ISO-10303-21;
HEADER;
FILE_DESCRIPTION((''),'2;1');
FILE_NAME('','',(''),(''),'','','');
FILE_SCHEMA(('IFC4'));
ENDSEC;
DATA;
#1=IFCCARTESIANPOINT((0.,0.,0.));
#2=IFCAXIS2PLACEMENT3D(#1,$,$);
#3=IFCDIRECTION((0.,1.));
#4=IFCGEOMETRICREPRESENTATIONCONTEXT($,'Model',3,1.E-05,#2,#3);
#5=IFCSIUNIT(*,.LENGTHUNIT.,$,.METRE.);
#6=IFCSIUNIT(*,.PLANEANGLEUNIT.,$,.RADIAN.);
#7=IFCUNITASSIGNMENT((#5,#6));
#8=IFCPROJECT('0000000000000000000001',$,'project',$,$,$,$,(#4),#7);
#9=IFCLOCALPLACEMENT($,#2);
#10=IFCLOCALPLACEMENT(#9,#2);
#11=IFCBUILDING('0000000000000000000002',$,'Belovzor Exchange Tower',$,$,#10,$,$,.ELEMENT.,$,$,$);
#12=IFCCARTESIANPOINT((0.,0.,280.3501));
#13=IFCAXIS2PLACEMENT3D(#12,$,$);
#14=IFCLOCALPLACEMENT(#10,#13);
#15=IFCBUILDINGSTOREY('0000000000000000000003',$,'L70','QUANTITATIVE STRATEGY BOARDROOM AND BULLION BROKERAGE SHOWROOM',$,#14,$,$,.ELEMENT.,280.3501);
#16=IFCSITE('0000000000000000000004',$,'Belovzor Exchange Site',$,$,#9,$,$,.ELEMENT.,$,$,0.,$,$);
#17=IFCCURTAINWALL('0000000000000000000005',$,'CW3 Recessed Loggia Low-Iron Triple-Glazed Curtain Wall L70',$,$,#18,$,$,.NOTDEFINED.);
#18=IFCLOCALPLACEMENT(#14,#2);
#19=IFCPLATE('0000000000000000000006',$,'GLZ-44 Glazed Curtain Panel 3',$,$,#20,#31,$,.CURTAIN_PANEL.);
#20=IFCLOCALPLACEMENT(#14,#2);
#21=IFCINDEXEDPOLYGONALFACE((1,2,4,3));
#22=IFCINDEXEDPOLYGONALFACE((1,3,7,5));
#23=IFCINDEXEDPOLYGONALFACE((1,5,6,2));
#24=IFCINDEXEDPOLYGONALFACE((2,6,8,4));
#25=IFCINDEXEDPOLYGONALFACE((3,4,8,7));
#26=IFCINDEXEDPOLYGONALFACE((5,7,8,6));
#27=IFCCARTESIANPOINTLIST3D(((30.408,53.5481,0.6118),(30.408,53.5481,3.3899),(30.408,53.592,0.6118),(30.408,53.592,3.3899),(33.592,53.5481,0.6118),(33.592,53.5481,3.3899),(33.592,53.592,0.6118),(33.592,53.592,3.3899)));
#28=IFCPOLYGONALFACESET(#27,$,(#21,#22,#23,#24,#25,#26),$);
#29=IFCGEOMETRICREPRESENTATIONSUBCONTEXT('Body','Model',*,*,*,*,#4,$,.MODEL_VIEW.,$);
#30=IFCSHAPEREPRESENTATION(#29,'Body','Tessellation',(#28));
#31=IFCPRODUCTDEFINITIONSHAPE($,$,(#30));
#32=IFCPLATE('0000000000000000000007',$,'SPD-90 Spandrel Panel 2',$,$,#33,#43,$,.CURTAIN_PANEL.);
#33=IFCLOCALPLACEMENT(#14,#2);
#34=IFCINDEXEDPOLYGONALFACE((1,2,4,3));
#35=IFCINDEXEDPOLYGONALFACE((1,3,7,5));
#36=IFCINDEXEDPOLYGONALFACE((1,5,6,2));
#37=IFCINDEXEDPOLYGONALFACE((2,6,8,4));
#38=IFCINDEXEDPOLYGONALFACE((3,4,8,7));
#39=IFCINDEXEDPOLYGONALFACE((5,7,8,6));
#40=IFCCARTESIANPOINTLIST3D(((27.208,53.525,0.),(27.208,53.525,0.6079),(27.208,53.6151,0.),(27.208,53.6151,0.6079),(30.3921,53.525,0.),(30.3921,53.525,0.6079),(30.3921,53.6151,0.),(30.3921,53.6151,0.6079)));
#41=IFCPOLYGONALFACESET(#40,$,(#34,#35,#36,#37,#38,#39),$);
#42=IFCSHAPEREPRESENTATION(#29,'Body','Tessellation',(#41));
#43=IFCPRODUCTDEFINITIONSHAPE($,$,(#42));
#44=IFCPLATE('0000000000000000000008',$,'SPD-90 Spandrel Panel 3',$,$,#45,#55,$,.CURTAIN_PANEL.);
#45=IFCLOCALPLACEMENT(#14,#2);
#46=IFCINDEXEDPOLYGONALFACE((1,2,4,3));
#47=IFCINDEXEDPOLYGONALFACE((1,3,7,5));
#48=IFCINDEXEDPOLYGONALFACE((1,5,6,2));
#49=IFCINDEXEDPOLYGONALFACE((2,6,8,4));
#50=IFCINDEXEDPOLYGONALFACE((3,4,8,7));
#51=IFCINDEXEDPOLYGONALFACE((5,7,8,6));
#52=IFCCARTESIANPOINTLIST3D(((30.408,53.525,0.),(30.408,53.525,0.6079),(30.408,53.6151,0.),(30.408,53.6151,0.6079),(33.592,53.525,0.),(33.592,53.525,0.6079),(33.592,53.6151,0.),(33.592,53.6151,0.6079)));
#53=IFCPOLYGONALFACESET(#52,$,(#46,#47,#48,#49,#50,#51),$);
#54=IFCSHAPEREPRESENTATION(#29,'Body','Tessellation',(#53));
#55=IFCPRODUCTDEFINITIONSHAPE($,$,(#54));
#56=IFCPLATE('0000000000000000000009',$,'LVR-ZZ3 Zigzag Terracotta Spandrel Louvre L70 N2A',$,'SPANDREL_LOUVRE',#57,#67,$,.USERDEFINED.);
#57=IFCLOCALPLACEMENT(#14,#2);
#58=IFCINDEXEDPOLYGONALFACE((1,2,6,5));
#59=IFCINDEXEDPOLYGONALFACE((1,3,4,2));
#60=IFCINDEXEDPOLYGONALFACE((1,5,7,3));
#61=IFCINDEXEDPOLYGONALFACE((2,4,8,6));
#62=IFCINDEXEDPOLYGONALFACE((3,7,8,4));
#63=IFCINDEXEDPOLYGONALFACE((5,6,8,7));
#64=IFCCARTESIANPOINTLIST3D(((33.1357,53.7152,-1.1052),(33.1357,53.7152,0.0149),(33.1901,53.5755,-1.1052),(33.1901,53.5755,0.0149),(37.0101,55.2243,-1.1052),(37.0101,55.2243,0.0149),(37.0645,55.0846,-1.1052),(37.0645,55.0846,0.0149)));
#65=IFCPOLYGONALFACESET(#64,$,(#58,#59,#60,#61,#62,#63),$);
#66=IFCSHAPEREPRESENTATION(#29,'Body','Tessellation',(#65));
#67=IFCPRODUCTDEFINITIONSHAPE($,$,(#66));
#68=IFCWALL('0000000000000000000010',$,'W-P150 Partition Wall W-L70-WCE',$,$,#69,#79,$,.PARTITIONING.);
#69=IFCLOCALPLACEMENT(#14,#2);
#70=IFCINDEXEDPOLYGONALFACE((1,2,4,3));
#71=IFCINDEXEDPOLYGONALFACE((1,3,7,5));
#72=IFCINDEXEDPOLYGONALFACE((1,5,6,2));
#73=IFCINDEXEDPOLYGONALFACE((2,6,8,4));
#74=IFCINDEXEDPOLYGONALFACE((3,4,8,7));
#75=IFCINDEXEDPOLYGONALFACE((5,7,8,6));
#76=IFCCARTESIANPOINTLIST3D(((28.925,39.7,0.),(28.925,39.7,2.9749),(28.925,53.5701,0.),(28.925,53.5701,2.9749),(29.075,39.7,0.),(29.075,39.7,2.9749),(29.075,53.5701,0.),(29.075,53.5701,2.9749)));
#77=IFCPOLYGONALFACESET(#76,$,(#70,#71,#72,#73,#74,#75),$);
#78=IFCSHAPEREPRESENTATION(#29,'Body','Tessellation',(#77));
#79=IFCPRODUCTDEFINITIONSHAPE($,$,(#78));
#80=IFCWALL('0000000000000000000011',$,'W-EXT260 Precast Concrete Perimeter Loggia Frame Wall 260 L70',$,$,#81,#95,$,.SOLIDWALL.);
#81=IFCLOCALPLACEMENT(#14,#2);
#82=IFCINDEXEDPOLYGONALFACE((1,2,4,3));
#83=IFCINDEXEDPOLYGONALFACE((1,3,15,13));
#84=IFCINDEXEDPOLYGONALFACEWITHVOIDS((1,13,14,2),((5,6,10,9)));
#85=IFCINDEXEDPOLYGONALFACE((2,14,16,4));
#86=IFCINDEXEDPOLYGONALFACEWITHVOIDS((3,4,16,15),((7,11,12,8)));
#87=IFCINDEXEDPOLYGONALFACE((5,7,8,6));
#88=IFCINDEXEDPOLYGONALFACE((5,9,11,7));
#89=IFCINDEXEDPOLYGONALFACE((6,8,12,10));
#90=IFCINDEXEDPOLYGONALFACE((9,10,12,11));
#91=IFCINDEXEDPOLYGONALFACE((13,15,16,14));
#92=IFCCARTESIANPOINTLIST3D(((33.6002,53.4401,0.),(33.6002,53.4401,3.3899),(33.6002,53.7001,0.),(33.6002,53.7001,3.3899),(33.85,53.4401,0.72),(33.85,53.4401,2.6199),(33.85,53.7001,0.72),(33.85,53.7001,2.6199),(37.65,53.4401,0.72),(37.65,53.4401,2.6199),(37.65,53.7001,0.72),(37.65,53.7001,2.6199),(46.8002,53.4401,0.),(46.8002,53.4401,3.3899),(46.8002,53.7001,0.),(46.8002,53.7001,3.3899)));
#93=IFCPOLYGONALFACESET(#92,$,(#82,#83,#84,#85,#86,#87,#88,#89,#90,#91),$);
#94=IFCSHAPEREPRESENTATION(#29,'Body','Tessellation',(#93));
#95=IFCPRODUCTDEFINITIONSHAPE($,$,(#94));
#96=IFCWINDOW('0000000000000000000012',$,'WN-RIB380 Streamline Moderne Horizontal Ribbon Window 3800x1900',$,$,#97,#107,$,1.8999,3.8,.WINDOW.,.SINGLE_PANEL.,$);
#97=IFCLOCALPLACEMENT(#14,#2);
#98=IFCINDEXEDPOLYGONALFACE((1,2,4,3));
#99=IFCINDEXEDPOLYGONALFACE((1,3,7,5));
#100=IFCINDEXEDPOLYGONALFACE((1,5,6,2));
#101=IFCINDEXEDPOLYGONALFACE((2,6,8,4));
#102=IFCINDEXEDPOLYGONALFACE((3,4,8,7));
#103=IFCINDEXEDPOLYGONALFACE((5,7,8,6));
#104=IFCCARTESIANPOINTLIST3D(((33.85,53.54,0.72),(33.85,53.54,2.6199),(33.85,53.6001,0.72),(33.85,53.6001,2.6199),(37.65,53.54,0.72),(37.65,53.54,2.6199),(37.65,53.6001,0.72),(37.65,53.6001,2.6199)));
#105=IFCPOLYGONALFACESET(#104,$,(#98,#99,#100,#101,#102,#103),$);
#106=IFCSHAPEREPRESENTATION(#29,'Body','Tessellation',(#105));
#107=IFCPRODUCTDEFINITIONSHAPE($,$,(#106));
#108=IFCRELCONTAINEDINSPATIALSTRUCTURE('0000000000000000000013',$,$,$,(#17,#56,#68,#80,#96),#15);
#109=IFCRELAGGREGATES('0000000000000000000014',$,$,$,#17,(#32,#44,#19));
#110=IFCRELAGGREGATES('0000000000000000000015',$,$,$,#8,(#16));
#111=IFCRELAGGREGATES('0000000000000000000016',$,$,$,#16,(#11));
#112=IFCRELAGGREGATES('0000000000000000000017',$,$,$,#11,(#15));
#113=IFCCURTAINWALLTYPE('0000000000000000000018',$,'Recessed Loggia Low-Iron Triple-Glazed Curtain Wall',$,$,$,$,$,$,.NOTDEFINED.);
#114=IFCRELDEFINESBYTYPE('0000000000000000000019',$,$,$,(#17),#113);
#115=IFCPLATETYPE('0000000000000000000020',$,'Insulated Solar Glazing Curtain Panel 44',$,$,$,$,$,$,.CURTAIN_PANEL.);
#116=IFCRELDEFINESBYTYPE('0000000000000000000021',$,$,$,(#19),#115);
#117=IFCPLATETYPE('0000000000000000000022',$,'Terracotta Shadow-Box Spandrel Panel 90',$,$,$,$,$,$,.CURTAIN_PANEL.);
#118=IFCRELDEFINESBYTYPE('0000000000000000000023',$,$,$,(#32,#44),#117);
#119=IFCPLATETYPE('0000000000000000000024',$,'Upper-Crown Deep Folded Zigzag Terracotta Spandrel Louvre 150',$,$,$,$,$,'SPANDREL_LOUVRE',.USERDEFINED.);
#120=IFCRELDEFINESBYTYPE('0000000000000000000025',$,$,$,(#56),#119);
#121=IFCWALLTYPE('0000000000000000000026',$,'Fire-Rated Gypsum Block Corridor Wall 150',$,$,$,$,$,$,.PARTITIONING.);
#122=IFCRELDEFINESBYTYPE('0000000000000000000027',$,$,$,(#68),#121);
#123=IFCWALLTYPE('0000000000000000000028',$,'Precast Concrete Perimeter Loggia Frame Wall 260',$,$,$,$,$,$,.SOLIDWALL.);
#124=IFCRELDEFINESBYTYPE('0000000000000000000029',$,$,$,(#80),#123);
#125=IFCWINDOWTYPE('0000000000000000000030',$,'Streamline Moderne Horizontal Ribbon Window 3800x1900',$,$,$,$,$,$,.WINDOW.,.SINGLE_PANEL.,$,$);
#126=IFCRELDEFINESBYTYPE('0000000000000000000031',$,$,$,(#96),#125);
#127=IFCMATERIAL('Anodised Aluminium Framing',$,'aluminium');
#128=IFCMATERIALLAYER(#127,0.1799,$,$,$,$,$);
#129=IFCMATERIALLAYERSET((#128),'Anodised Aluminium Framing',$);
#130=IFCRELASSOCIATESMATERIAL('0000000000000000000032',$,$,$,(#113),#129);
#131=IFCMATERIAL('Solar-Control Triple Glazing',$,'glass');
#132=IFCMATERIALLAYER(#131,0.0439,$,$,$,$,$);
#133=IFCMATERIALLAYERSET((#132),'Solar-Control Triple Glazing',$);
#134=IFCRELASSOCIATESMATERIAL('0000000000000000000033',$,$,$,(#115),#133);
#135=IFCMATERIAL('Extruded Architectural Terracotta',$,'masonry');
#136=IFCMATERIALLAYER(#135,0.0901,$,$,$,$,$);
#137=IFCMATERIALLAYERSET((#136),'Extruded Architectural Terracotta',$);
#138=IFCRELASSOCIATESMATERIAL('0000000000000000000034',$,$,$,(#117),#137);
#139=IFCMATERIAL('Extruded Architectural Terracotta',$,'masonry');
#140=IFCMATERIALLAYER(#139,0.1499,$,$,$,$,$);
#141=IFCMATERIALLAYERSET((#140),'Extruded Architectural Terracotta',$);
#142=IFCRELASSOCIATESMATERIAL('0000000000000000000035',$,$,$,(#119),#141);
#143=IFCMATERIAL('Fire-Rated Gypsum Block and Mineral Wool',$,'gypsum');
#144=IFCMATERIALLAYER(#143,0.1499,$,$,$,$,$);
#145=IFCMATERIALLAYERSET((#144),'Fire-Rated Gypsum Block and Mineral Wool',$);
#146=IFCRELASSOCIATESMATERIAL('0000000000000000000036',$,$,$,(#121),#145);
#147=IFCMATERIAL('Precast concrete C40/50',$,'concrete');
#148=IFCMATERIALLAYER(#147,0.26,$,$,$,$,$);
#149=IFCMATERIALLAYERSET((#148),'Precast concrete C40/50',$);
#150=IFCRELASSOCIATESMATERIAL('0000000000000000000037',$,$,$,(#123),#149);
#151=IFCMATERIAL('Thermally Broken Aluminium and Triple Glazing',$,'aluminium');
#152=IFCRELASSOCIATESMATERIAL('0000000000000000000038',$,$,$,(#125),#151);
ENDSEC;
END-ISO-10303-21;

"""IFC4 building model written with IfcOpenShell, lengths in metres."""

from ifc_helpers import new_model, si_unit, direction, frame, frame_2d, origin, origin_2d, place, context, subcontext, project, spatial, rectangle, extrude, material, layer, layer_set, type_object, element, fill, aggregate, save


model = new_model("IFC4")

# Units and contexts
model_context = context("Model", 3, precision=1e-05, world=origin(), true_north=direction((0.0, 1.0)))
body_context = subcontext(model_context, "Body", "Model", "MODEL_VIEW")
ifc_project = project(units=[si_unit("LENGTHUNIT", "METRE"), si_unit("PLANEANGLEUNIT", "RADIAN")], contexts=[model_context])

# Site, building, storey
site_placement = place(None, origin())
site = spatial("IfcSite", under=ifc_project, at=site_placement, Name="Belovzor Exchange Site", CompositionType="ELEMENT", RefElevation=0.0)
building_placement = place(site_placement, origin())
building = spatial("IfcBuilding", under=site, at=building_placement, Name="Belovzor Exchange Tower", CompositionType="ELEMENT")
storey_placement = place(building_placement, frame((0.0, 0.0, 280.3501)))
storey = spatial("IfcBuildingStorey", under=building, at=storey_placement, Name="L70", Description="QUANTITATIVE STRATEGY BOARDROOM AND BULLION BROKERAGE SHOWROOM", CompositionType="ELEMENT", Elevation=280.3501)

# Curtain wall, plates
ifc_material_1 = material(Name="Anodised Aluminium Framing", Category="aluminium")
ifc_layer_1 = layer(ifc_material_1, 0.1799)
ifc_layer_set_1 = layer_set([ifc_layer_1], Name="Anodised Aluminium Framing")
curtain_wall_type = type_object("IfcCurtainWallType", Name="Recessed Loggia Low-Iron Triple-Glazed Curtain Wall", PredefinedType="NOTDEFINED", material=ifc_layer_set_1)
curtain_wall_placement = place(storey_placement, origin())
curtain_wall = element("IfcCurtainWall", 1, at=curtain_wall_placement, inside=storey, type_object=curtain_wall_type, Name="CW3 Recessed Loggia Low-Iron Triple-Glazed Curtain Wall L70", PredefinedType="NOTDEFINED")
ifc_material_2 = material(Name="Solar-Control Triple Glazing", Category="glass")
ifc_layer_2 = layer(ifc_material_2, 0.0439)
ifc_layer_set_2 = layer_set([ifc_layer_2], Name="Solar-Control Triple Glazing")
plate_type_1 = type_object("IfcPlateType", Name="Insulated Solar Glazing Curtain Panel 44", PredefinedType="CURTAIN_PANEL", material=ifc_layer_set_2)
plate_1_placement = place(storey_placement, frame((32.0, 53.5701, 0.6118), z_axis=(0.0, 0.0, 1.0), x_axis=(1.0, 0.0, 0.0)))
plate_1 = element("IfcPlate", 2, at=plate_1_placement, type_object=plate_type_1, Name="GLZ-44 Glazed Curtain Panel 3", PredefinedType="CURTAIN_PANEL", context=body_context, shape_type="SweptSolid", body=[
    extrude(rectangle(XDim=3.1841, YDim=0.0439, at=origin_2d()), origin(), (0.0, 0.0, 1.0), 2.7781),
])
ifc_material_3 = material(Name="Extruded Architectural Terracotta", Category="masonry")
ifc_layer_3 = layer(ifc_material_3, 0.0901)
ifc_layer_set_3 = layer_set([ifc_layer_3], Name="Extruded Architectural Terracotta")
plate_type_2 = type_object("IfcPlateType", Name="Terracotta Shadow-Box Spandrel Panel 90", PredefinedType="CURTAIN_PANEL", material=ifc_layer_set_3)
plate_2_placement = place(storey_placement, frame((28.8, 53.5701, 0.0), z_axis=(0.0, 0.0, 1.0), x_axis=(1.0, 0.0, 0.0)))
plate_2 = element("IfcPlate", 3, at=plate_2_placement, type_object=plate_type_2, Name="SPD-90 Spandrel Panel 2", PredefinedType="CURTAIN_PANEL", context=body_context, shape_type="SweptSolid", body=[
    extrude(rectangle(XDim=3.1841, YDim=0.0901, at=origin_2d()), origin(), (0.0, 0.0, 1.0), 0.6079),
])
plate_3_placement = place(storey_placement, frame((32.0, 53.5701, 0.0), z_axis=(0.0, 0.0, 1.0), x_axis=(1.0, 0.0, 0.0)))
plate_3 = element("IfcPlate", 4, at=plate_3_placement, type_object=plate_type_2, Name="SPD-90 Spandrel Panel 3", PredefinedType="CURTAIN_PANEL", context=body_context, shape_type="SweptSolid", body=[
    extrude(rectangle(XDim=3.1841, YDim=0.0901, at=origin_2d()), origin(), (0.0, 0.0, 1.0), 0.6079),
])
aggregate(curtain_wall, [plate_2, plate_3, plate_1])

# Plate
ifc_material_4 = material(Name="Extruded Architectural Terracotta", Category="masonry")
ifc_layer_4 = layer(ifc_material_4, 0.1499)
ifc_layer_set_4 = layer_set([ifc_layer_4], Name="Extruded Architectural Terracotta")
plate_type_3 = type_object("IfcPlateType", Name="Upper-Crown Deep Folded Zigzag Terracotta Spandrel Louvre 150", ElementType="SPANDREL_LOUVRE", PredefinedType="USERDEFINED", material=ifc_layer_set_4)
plate_4_placement = place(storey_placement, frame((35.1001, 54.3999, -1.1052), z_axis=(0.0, 0.0, 1.0), x_axis=(0.931818, 0.362926, 0.0)))
element("IfcPlate", 5, at=plate_4_placement, inside=storey, type_object=plate_type_3, Name="LVR-ZZ3 Zigzag Terracotta Spandrel Louvre L70 N2A", ObjectType="SPANDREL_LOUVRE", PredefinedType="USERDEFINED", context=body_context, shape_type="SweptSolid", body=[
    extrude(rectangle(XDim=4.158, YDim=0.1499, at=origin_2d()), origin(), (0.0, 0.0, 1.0), 1.1201),
])

# Wall
ifc_material_5 = material(Name="Fire-Rated Gypsum Block and Mineral Wool", Category="gypsum")
ifc_layer_5 = layer(ifc_material_5, 0.1499)
ifc_layer_set_5 = layer_set([ifc_layer_5], Name="Fire-Rated Gypsum Block and Mineral Wool")
wall_type_1 = type_object("IfcWallType", Name="Fire-Rated Gypsum Block Corridor Wall 150", PredefinedType="PARTITIONING", material=ifc_layer_set_5)
wall_1_placement = place(storey_placement, frame((29.0, 39.7, 0.0), z_axis=(0.0, 0.0, 1.0), x_axis=(0.0, 1.0, 0.0)))
element("IfcWall", 6, at=wall_1_placement, inside=storey, type_object=wall_type_1, Name="W-P150 Partition Wall W-L70-WCE", PredefinedType="PARTITIONING", context=body_context, shape_type="SweptSolid", body=[
    extrude(rectangle(XDim=13.8701, YDim=0.1499, at=frame_2d((6.9351, 0.0))), origin(), (0.0, 0.0, 1.0), 2.9749),
])

# Wall, opening, window
ifc_material_6 = material(Name="Precast concrete C40/50", Category="concrete")
ifc_layer_6 = layer(ifc_material_6, 0.26)
ifc_layer_set_6 = layer_set([ifc_layer_6], Name="Precast concrete C40/50")
wall_type_2 = type_object("IfcWallType", Name="Precast Concrete Perimeter Loggia Frame Wall 260", PredefinedType="SOLIDWALL", material=ifc_layer_set_6)
wall_2_placement = place(storey_placement, frame((33.6001, 53.5701, 0.0), z_axis=(0.0, 0.0, 1.0), x_axis=(1.0, 0.0, 0.0)))
wall_2 = element("IfcWall", 7, at=wall_2_placement, inside=storey, type_object=wall_type_2, Name="W-EXT260 Precast Concrete Perimeter Loggia Frame Wall 260 L70", PredefinedType="SOLIDWALL", context=body_context, shape_type="SweptSolid", body=[
    extrude(rectangle(XDim=13.2, YDim=0.26, at=frame_2d((6.6001, 0.0))), origin(), (0.0, 0.0, 1.0), 3.3899),
])
opening_placement = place(wall_2_placement, frame((0.25, 0.0, 0.72)))
opening = element("IfcOpeningElement", 8, at=opening_placement, cuts=wall_2, PredefinedType="OPENING", context=body_context, shape_type="SweptSolid", body=[
    extrude(rectangle(XDim=3.8, YDim=1.8999, at=frame_2d((1.8999, 0.95))), frame((0.0, 0.1399, 0.0), z_axis=(0.0, -1.0, 0.0), x_axis=(1.0, 0.0, 0.0)), (0.0, 0.0, 1.0), 0.28),
])
ifc_material_7 = material(Name="Thermally Broken Aluminium and Triple Glazing", Category="aluminium")
window_type = type_object("IfcWindowType", Name="Streamline Moderne Horizontal Ribbon Window 3800x1900", PartitioningType="SINGLE_PANEL", PredefinedType="WINDOW", material=ifc_material_7)
window_placement = place(opening_placement, origin())
window = element("IfcWindow", 9, at=window_placement, inside=storey, type_object=window_type, Name="WN-RIB380 Streamline Moderne Horizontal Ribbon Window 3800x1900", OverallHeight=1.8999, OverallWidth=3.8, PartitioningType="SINGLE_PANEL", PredefinedType="WINDOW", context=body_context, shape_type="SweptSolid", body=[
    extrude(rectangle(XDim=3.8, YDim=1.8999, at=frame_2d((1.8999, 0.95))), frame((0.0, 0.03, 0.0), z_axis=(0.0, -1.0, 0.0), x_axis=(1.0, 0.0, 0.0)), (0.0, 0.0, 1.0), 0.0601),
])
fill(opening, window)

save(model, "model.ifc")
